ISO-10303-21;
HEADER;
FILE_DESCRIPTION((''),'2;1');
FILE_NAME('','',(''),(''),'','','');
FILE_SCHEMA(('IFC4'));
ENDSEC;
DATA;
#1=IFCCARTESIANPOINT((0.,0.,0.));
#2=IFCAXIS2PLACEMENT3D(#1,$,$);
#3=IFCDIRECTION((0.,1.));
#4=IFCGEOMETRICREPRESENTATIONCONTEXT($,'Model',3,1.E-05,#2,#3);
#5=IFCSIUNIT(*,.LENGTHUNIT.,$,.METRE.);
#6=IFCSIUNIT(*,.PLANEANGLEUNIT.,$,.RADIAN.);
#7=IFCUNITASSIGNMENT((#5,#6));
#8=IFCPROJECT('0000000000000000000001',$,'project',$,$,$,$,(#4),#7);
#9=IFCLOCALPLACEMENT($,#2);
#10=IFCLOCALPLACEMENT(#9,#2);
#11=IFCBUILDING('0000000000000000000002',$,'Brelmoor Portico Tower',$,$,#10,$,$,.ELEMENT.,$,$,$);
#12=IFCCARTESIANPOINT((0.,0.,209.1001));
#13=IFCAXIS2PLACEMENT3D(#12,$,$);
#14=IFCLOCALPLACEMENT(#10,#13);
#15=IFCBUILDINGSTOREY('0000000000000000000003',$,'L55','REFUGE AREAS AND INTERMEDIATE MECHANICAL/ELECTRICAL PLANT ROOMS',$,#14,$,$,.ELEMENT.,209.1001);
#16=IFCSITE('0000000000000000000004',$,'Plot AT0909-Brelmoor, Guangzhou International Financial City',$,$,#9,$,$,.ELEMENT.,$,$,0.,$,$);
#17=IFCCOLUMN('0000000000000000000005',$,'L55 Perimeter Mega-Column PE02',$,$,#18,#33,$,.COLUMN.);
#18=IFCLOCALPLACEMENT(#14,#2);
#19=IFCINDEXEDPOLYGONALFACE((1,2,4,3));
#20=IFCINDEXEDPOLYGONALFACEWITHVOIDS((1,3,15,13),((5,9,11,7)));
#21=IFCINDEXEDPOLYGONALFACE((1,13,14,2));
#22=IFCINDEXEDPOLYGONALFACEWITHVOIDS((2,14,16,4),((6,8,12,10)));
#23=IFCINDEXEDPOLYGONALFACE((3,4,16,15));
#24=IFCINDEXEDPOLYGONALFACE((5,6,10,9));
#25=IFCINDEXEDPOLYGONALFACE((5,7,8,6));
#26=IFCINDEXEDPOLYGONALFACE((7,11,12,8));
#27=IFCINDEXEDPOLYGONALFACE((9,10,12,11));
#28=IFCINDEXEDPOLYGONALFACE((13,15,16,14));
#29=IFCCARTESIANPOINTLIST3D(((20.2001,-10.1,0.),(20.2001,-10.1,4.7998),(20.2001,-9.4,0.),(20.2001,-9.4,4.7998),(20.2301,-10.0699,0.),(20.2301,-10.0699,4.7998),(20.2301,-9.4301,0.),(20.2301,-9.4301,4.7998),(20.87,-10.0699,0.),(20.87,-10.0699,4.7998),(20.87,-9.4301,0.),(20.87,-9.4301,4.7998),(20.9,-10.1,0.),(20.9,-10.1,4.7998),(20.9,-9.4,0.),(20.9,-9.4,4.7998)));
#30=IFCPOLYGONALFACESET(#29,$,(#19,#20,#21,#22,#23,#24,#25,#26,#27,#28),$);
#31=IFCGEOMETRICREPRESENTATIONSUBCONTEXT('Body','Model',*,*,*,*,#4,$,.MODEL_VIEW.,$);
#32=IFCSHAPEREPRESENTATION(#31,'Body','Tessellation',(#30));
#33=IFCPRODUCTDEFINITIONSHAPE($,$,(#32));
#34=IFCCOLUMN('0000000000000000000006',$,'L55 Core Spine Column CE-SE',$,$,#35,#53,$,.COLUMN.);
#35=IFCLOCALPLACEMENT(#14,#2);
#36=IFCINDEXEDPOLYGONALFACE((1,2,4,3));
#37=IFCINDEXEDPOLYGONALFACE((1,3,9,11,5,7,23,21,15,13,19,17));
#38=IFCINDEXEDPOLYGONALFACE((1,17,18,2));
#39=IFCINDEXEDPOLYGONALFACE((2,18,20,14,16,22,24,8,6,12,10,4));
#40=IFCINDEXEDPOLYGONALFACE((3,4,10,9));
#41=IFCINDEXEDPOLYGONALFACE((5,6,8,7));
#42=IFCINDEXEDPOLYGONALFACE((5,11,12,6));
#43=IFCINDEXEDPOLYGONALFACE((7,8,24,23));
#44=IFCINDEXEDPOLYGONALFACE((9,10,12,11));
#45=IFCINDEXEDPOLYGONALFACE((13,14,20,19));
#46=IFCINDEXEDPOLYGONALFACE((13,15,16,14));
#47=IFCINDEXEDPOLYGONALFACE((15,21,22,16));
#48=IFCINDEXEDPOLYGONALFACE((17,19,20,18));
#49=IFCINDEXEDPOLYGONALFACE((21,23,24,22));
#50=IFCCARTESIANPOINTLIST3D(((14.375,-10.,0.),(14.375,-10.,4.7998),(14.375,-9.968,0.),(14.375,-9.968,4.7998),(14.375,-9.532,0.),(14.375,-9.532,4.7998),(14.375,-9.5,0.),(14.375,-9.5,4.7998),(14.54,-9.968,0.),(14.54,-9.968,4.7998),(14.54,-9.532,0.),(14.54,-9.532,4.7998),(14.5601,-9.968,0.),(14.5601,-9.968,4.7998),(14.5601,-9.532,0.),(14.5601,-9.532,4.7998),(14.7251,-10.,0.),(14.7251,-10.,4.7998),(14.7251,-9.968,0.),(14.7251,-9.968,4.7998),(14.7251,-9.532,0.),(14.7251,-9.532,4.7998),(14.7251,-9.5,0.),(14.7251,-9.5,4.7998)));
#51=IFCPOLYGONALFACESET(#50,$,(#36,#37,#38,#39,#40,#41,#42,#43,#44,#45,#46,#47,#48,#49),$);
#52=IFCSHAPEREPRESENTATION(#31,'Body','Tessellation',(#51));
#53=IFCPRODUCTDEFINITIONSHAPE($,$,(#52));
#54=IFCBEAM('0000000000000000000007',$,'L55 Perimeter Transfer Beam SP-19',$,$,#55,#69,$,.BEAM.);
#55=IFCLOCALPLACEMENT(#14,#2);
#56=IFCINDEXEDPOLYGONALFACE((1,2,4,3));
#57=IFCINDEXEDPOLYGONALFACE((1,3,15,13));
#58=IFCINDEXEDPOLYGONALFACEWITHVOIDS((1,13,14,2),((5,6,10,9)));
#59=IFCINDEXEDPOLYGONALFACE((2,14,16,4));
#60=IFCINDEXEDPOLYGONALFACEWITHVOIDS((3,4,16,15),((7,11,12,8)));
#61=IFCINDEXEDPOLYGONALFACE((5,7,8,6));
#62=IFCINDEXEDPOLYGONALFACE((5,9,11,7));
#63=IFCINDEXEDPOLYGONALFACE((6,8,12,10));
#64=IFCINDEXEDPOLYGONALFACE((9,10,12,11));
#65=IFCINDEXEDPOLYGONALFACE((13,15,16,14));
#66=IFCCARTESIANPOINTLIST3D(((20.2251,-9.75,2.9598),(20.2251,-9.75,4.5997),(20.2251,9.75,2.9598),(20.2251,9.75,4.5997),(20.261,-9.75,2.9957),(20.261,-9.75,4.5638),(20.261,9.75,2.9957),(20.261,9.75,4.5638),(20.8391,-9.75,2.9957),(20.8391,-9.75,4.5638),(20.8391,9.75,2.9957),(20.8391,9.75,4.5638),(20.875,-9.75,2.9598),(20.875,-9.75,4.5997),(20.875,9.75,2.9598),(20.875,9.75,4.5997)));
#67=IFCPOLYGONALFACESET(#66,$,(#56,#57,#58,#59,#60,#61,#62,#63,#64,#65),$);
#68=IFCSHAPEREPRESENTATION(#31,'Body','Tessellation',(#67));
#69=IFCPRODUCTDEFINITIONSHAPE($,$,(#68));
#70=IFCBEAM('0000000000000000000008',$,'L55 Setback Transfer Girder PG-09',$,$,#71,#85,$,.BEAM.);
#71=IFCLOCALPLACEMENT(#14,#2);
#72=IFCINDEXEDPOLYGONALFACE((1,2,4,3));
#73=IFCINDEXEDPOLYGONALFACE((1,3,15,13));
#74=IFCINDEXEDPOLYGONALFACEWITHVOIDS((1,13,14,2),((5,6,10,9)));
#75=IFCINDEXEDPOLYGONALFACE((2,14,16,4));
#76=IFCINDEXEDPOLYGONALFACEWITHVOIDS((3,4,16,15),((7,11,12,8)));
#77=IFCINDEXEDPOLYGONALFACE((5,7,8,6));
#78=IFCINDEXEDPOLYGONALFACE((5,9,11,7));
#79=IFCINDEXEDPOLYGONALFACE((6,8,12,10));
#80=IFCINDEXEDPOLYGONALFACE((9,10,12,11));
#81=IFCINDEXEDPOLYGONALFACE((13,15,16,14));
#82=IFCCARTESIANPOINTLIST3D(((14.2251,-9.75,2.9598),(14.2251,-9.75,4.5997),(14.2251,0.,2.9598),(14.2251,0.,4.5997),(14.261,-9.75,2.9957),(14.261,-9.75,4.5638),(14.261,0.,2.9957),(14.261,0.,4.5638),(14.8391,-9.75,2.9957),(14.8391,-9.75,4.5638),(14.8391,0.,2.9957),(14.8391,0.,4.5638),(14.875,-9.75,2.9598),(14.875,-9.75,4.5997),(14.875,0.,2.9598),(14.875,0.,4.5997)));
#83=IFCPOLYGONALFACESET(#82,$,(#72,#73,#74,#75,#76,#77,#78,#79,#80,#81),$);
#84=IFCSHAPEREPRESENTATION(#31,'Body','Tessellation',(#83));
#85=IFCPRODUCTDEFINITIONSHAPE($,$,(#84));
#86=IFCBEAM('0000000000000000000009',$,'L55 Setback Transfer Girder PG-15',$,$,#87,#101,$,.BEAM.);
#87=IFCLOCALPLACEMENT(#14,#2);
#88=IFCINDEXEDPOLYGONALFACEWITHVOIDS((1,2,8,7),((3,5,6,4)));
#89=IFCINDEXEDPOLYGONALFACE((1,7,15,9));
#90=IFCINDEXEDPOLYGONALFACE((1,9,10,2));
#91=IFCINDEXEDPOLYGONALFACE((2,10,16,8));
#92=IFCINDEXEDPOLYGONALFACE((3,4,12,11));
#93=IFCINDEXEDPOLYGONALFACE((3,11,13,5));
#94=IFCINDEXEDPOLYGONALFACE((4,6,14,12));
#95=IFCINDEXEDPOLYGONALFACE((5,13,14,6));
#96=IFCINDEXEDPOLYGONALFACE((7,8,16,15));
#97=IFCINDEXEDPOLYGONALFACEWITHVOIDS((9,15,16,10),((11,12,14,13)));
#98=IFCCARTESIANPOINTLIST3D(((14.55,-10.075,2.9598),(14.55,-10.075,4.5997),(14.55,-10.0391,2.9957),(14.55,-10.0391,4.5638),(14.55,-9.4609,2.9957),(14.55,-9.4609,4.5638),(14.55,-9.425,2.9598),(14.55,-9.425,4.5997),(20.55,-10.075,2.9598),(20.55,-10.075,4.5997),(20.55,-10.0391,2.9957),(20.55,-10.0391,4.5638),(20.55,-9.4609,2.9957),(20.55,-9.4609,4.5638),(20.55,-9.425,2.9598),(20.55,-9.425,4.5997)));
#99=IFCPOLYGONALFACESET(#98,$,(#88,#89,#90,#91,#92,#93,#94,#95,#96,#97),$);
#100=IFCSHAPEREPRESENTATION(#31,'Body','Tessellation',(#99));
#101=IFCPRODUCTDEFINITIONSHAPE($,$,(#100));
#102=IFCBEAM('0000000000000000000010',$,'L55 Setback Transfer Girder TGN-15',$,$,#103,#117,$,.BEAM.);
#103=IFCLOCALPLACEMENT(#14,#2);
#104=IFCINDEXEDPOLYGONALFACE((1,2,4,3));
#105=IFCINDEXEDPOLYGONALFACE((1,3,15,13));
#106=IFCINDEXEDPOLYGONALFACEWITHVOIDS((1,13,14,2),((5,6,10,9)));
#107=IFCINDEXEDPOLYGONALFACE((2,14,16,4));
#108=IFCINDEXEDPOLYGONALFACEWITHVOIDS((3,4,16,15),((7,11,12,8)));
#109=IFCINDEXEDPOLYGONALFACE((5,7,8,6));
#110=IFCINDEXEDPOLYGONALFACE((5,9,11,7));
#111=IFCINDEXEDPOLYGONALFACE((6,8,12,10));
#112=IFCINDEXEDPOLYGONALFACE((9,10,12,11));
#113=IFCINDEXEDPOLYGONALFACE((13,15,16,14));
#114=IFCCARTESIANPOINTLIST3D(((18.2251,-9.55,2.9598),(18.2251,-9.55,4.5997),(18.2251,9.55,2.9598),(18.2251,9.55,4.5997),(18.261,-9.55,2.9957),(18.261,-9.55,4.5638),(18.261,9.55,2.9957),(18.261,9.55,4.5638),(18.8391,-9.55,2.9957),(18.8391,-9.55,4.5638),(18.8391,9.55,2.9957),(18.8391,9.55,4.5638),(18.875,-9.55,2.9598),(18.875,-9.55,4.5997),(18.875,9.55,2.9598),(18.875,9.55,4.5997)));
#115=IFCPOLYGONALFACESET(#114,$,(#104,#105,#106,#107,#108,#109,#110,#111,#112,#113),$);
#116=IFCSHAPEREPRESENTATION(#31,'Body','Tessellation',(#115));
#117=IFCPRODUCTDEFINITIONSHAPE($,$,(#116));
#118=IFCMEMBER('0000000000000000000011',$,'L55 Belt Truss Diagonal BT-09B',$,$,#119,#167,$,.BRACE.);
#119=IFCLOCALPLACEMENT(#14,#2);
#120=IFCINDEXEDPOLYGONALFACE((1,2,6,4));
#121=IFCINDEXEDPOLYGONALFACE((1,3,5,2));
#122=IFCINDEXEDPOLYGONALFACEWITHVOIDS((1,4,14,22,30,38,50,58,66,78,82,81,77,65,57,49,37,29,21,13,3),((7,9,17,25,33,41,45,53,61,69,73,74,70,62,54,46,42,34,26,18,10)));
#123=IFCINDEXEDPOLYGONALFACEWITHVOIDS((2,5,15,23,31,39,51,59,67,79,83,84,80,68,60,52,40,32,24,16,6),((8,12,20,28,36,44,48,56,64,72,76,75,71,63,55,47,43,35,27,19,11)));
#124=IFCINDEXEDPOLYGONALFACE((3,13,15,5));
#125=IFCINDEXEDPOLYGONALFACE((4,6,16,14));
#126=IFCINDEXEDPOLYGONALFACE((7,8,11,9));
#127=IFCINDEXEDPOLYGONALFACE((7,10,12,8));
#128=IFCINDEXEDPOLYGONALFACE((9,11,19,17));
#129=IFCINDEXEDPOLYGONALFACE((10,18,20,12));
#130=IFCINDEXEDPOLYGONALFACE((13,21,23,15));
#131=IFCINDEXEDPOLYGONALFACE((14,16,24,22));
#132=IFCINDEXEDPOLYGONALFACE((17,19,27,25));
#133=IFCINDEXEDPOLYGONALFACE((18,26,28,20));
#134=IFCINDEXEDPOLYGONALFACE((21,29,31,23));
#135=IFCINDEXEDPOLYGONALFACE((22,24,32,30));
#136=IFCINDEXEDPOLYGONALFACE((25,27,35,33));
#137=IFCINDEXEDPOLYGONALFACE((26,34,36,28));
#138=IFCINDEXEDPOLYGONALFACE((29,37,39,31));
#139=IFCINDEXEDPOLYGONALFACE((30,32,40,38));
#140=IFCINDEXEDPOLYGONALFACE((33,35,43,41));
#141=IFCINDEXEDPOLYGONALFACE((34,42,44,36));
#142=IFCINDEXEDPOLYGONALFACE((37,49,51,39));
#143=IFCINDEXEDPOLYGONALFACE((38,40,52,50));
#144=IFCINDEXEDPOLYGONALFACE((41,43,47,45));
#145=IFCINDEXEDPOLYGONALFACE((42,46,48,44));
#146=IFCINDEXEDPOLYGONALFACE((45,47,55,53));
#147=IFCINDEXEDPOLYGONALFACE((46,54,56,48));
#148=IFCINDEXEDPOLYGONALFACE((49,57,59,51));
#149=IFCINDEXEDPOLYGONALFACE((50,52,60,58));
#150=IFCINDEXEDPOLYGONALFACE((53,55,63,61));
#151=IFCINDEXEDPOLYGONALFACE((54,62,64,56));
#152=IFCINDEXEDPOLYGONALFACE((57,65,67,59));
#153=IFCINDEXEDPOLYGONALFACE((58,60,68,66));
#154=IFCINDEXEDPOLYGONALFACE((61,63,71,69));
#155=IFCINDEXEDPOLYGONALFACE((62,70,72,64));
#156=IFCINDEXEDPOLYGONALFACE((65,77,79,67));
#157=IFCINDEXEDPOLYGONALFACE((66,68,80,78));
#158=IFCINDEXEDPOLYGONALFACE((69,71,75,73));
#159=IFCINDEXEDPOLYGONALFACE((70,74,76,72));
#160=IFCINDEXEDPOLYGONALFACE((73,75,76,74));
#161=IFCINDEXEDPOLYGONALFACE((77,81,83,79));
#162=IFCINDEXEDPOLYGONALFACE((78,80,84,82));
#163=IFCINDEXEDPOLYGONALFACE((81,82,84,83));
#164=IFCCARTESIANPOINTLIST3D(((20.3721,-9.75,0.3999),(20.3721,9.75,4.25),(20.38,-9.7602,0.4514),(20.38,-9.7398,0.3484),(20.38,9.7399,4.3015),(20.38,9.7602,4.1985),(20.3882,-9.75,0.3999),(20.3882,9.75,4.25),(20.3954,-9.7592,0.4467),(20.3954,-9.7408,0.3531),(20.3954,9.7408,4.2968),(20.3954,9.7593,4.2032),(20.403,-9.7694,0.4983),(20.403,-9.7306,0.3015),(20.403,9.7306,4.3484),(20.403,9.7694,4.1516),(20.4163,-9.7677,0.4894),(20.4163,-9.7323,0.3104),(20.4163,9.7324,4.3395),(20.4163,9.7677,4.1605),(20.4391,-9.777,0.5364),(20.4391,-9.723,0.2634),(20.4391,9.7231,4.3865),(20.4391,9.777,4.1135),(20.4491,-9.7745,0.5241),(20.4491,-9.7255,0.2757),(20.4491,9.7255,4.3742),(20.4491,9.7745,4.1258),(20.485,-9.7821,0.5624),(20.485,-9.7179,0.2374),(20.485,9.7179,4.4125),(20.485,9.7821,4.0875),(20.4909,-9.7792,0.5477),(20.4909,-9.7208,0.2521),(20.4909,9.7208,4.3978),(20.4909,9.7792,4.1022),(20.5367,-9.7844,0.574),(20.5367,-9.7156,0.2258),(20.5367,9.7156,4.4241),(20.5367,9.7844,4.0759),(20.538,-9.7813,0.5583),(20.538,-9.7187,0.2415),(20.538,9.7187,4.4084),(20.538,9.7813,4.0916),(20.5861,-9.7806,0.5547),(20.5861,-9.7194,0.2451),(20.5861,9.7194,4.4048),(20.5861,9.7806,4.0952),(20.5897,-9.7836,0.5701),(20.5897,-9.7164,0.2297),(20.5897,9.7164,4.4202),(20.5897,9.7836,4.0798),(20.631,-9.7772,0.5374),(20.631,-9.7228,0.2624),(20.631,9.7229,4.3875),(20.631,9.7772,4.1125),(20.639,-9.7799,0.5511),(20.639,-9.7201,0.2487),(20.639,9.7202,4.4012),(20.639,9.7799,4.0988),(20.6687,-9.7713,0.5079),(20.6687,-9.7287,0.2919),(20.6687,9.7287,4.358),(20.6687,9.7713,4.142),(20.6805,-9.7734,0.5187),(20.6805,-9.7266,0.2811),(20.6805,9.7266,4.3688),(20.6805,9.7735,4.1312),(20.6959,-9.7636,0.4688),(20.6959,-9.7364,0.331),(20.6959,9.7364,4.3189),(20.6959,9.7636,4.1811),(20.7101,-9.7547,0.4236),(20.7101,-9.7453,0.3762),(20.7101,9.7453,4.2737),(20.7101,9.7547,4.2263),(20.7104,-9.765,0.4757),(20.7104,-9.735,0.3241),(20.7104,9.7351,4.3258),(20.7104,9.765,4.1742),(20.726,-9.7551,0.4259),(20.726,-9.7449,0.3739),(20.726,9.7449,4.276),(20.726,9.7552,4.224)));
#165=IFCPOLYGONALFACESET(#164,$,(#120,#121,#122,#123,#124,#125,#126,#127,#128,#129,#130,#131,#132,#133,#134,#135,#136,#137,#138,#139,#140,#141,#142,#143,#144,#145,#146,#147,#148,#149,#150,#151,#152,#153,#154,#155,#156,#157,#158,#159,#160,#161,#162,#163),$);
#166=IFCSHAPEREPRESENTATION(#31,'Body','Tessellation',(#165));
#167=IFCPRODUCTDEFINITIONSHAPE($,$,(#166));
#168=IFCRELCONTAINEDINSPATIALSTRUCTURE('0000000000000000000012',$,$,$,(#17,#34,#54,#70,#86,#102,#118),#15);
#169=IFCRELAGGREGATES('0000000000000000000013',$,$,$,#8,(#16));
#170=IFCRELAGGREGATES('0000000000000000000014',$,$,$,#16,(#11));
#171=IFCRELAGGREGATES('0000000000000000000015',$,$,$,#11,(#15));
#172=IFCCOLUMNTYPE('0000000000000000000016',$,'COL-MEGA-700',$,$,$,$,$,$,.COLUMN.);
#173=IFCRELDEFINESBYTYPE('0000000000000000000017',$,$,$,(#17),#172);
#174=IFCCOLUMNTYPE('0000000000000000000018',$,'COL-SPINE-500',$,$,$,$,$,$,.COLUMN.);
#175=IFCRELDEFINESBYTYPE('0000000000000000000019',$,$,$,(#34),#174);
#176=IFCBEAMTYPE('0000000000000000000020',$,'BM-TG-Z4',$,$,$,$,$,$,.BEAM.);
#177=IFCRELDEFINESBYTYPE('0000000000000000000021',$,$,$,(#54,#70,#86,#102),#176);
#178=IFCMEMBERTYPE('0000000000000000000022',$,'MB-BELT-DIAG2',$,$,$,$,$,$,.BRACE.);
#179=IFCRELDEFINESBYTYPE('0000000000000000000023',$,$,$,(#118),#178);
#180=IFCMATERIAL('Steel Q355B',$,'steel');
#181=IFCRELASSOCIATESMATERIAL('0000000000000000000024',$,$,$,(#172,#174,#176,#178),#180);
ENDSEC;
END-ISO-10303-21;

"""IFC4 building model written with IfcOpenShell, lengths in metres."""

from ifc_helpers import new_model, si_unit, direction, frame, origin, origin_2d, place, context, subcontext, project, spatial, hollow_rectangle, hollow_circle, i_section, extrude, material, material_profile, profile_set, type_object, element, save


model = new_model("IFC4")

# Units and contexts
model_context = context("Model", 3, precision=1e-05, world=origin(), true_north=direction((0.0, 1.0)))
body_context = subcontext(model_context, "Body", "Model", "MODEL_VIEW")
ifc_project = project(units=[si_unit("LENGTHUNIT", "METRE"), si_unit("PLANEANGLEUNIT", "RADIAN")], contexts=[model_context])

# Site, building, storey
site_placement = place(None, origin())
site = spatial("IfcSite", under=ifc_project, at=site_placement, Name="Plot AT0909-Brelmoor, Guangzhou International Financial City", CompositionType="ELEMENT", RefElevation=0.0)
building_placement = place(site_placement, origin())
building = spatial("IfcBuilding", under=site, at=building_placement, Name="Brelmoor Portico Tower", CompositionType="ELEMENT")
storey_placement = place(building_placement, frame((0.0, 0.0, 209.1001)))
storey = spatial("IfcBuildingStorey", under=building, at=storey_placement, Name="L55", Description="REFUGE AREAS AND INTERMEDIATE MECHANICAL/ELECTRICAL PLANT ROOMS", CompositionType="ELEMENT", Elevation=209.1001)

# Columns
ifc_material_1 = material(Name="Steel Q355B", Category="steel")
ifc_material_profile_1 = material_profile(ifc_material_1, hollow_rectangle(XDim=0.7, YDim=0.7, WallThickness=0.03, at=origin_2d()), Name="BOX 700x700x30")
ifc_profile_set_1 = profile_set([ifc_material_profile_1], Name="Steel Q355B")
column_type_1 = type_object("IfcColumnType", Name="COL-MEGA-700", PredefinedType="COLUMN", material=ifc_profile_set_1)
column_1_placement = place(storey_placement, frame((20.55, -9.75, 0.0), z_axis=(0.0, 0.0, 1.0), x_axis=(0.0, 1.0, 0.0)))
element("IfcColumn", 1, at=column_1_placement, inside=storey, type_object=column_type_1, Name="L55 Perimeter Mega-Column PE02", PredefinedType="COLUMN", context=body_context, shape_type="SweptSolid", body=[
    extrude(hollow_rectangle(XDim=0.7, YDim=0.7, WallThickness=0.03, at=origin_2d()), origin(), (0.0, 0.0, 1.0), 4.7998),
])
ifc_material_profile_2 = material_profile(ifc_material_1, i_section(OverallWidth=0.3501, OverallDepth=0.5, WebThickness=0.02, FlangeThickness=0.032, at=origin_2d()), Name="HW 500x350x20x32")
ifc_profile_set_2 = profile_set([ifc_material_profile_2], Name="Steel Q355B")
column_type_2 = type_object("IfcColumnType", Name="COL-SPINE-500", PredefinedType="COLUMN", material=ifc_profile_set_2)
column_2_placement = place(storey_placement, frame((14.55, -9.75, 0.0), z_axis=(0.0, 0.0, 1.0), x_axis=(1.0, 0.0, 0.0)))
element("IfcColumn", 2, at=column_2_placement, inside=storey, type_object=column_type_2, Name="L55 Core Spine Column CE-SE", PredefinedType="COLUMN", context=body_context, shape_type="SweptSolid", body=[
    extrude(i_section(OverallWidth=0.3501, OverallDepth=0.5, WebThickness=0.02, FlangeThickness=0.032, at=origin_2d()), origin(), (0.0, 0.0, 1.0), 4.7998),
])

# Beams
ifc_material_profile_3 = material_profile(ifc_material_1, hollow_rectangle(XDim=0.6499, YDim=1.6399, WallThickness=0.0359, at=origin_2d()), Name="BOX 650x1640x36")
ifc_profile_set_3 = profile_set([ifc_material_profile_3], Name="Steel Q355B")
beam_type = type_object("IfcBeamType", Name="BM-TG-Z4", PredefinedType="BEAM", material=ifc_profile_set_3)
beam_1_placement = place(storey_placement, frame((20.55, -9.75, 3.7798), z_axis=(0.0, 1.0, 0.0), x_axis=(-1.0, 0.0, 0.0)))
element("IfcBeam", 3, at=beam_1_placement, inside=storey, type_object=beam_type, Name="L55 Perimeter Transfer Beam SP-19", PredefinedType="BEAM", context=body_context, shape_type="SweptSolid", body=[
    extrude(hollow_rectangle(XDim=0.6499, YDim=1.6399, WallThickness=0.0359, at=origin_2d()), origin(), (0.0, 0.0, 1.0), 19.5),
])
beam_2_placement = place(storey_placement, frame((14.55, -9.75, 3.7798), z_axis=(0.0, 1.0, 0.0), x_axis=(-1.0, 0.0, 0.0)))
element("IfcBeam", 4, at=beam_2_placement, inside=storey, type_object=beam_type, Name="L55 Setback Transfer Girder PG-09", PredefinedType="BEAM", context=body_context, shape_type="SweptSolid", body=[
    extrude(hollow_rectangle(XDim=0.6499, YDim=1.6399, WallThickness=0.0359, at=origin_2d()), origin(), (0.0, 0.0, 1.0), 9.75),
])
beam_3_placement = place(storey_placement, frame((14.55, -9.75, 3.7798), z_axis=(1.0, 0.0, 0.0), x_axis=(0.0, 1.0, 0.0)))
element("IfcBeam", 5, at=beam_3_placement, inside=storey, type_object=beam_type, Name="L55 Setback Transfer Girder PG-15", PredefinedType="BEAM", context=body_context, shape_type="SweptSolid", body=[
    extrude(hollow_rectangle(XDim=0.6499, YDim=1.6399, WallThickness=0.0359, at=origin_2d()), origin(), (0.0, 0.0, 1.0), 6.0),
])
beam_4_placement = place(storey_placement, frame((18.55, -9.55, 3.7798), z_axis=(0.0, 1.0, 0.0), x_axis=(-1.0, 0.0, 0.0)))
element("IfcBeam", 6, at=beam_4_placement, inside=storey, type_object=beam_type, Name="L55 Setback Transfer Girder TGN-15", PredefinedType="BEAM", context=body_context, shape_type="SweptSolid", body=[
    extrude(hollow_rectangle(XDim=0.6499, YDim=1.6399, WallThickness=0.0359, at=origin_2d()), origin(), (0.0, 0.0, 1.0), 19.1001),
])

# Member
ifc_material_profile_4 = material_profile(ifc_material_1, hollow_circle(Radius=0.178, WallThickness=0.0161, at=origin_2d()), Name="CHS 356x16")
ifc_profile_set_4 = profile_set([ifc_material_profile_4], Name="Steel Q355B")
member_type_1 = type_object("IfcMemberType", Name="MB-BELT-DIAG2", PredefinedType="BRACE", material=ifc_profile_set_4)
member_1_placement = place(storey_placement, frame((20.55, -9.75, 0.3999), z_axis=(0.0, 0.981061, 0.193701), x_axis=(-1.0, 0.0, 0.0)))
element("IfcMember", 7, at=member_1_placement, inside=storey, type_object=member_type_1, Name="L55 Belt Truss Diagonal BT-09B", PredefinedType="BRACE", context=body_context, shape_type="SweptSolid", body=[
    extrude(hollow_circle(Radius=0.178, WallThickness=0.0161, at=origin_2d()), origin(), (0.0, 0.0, 1.0), 19.8765),
])

save(model, "model.ifc")
